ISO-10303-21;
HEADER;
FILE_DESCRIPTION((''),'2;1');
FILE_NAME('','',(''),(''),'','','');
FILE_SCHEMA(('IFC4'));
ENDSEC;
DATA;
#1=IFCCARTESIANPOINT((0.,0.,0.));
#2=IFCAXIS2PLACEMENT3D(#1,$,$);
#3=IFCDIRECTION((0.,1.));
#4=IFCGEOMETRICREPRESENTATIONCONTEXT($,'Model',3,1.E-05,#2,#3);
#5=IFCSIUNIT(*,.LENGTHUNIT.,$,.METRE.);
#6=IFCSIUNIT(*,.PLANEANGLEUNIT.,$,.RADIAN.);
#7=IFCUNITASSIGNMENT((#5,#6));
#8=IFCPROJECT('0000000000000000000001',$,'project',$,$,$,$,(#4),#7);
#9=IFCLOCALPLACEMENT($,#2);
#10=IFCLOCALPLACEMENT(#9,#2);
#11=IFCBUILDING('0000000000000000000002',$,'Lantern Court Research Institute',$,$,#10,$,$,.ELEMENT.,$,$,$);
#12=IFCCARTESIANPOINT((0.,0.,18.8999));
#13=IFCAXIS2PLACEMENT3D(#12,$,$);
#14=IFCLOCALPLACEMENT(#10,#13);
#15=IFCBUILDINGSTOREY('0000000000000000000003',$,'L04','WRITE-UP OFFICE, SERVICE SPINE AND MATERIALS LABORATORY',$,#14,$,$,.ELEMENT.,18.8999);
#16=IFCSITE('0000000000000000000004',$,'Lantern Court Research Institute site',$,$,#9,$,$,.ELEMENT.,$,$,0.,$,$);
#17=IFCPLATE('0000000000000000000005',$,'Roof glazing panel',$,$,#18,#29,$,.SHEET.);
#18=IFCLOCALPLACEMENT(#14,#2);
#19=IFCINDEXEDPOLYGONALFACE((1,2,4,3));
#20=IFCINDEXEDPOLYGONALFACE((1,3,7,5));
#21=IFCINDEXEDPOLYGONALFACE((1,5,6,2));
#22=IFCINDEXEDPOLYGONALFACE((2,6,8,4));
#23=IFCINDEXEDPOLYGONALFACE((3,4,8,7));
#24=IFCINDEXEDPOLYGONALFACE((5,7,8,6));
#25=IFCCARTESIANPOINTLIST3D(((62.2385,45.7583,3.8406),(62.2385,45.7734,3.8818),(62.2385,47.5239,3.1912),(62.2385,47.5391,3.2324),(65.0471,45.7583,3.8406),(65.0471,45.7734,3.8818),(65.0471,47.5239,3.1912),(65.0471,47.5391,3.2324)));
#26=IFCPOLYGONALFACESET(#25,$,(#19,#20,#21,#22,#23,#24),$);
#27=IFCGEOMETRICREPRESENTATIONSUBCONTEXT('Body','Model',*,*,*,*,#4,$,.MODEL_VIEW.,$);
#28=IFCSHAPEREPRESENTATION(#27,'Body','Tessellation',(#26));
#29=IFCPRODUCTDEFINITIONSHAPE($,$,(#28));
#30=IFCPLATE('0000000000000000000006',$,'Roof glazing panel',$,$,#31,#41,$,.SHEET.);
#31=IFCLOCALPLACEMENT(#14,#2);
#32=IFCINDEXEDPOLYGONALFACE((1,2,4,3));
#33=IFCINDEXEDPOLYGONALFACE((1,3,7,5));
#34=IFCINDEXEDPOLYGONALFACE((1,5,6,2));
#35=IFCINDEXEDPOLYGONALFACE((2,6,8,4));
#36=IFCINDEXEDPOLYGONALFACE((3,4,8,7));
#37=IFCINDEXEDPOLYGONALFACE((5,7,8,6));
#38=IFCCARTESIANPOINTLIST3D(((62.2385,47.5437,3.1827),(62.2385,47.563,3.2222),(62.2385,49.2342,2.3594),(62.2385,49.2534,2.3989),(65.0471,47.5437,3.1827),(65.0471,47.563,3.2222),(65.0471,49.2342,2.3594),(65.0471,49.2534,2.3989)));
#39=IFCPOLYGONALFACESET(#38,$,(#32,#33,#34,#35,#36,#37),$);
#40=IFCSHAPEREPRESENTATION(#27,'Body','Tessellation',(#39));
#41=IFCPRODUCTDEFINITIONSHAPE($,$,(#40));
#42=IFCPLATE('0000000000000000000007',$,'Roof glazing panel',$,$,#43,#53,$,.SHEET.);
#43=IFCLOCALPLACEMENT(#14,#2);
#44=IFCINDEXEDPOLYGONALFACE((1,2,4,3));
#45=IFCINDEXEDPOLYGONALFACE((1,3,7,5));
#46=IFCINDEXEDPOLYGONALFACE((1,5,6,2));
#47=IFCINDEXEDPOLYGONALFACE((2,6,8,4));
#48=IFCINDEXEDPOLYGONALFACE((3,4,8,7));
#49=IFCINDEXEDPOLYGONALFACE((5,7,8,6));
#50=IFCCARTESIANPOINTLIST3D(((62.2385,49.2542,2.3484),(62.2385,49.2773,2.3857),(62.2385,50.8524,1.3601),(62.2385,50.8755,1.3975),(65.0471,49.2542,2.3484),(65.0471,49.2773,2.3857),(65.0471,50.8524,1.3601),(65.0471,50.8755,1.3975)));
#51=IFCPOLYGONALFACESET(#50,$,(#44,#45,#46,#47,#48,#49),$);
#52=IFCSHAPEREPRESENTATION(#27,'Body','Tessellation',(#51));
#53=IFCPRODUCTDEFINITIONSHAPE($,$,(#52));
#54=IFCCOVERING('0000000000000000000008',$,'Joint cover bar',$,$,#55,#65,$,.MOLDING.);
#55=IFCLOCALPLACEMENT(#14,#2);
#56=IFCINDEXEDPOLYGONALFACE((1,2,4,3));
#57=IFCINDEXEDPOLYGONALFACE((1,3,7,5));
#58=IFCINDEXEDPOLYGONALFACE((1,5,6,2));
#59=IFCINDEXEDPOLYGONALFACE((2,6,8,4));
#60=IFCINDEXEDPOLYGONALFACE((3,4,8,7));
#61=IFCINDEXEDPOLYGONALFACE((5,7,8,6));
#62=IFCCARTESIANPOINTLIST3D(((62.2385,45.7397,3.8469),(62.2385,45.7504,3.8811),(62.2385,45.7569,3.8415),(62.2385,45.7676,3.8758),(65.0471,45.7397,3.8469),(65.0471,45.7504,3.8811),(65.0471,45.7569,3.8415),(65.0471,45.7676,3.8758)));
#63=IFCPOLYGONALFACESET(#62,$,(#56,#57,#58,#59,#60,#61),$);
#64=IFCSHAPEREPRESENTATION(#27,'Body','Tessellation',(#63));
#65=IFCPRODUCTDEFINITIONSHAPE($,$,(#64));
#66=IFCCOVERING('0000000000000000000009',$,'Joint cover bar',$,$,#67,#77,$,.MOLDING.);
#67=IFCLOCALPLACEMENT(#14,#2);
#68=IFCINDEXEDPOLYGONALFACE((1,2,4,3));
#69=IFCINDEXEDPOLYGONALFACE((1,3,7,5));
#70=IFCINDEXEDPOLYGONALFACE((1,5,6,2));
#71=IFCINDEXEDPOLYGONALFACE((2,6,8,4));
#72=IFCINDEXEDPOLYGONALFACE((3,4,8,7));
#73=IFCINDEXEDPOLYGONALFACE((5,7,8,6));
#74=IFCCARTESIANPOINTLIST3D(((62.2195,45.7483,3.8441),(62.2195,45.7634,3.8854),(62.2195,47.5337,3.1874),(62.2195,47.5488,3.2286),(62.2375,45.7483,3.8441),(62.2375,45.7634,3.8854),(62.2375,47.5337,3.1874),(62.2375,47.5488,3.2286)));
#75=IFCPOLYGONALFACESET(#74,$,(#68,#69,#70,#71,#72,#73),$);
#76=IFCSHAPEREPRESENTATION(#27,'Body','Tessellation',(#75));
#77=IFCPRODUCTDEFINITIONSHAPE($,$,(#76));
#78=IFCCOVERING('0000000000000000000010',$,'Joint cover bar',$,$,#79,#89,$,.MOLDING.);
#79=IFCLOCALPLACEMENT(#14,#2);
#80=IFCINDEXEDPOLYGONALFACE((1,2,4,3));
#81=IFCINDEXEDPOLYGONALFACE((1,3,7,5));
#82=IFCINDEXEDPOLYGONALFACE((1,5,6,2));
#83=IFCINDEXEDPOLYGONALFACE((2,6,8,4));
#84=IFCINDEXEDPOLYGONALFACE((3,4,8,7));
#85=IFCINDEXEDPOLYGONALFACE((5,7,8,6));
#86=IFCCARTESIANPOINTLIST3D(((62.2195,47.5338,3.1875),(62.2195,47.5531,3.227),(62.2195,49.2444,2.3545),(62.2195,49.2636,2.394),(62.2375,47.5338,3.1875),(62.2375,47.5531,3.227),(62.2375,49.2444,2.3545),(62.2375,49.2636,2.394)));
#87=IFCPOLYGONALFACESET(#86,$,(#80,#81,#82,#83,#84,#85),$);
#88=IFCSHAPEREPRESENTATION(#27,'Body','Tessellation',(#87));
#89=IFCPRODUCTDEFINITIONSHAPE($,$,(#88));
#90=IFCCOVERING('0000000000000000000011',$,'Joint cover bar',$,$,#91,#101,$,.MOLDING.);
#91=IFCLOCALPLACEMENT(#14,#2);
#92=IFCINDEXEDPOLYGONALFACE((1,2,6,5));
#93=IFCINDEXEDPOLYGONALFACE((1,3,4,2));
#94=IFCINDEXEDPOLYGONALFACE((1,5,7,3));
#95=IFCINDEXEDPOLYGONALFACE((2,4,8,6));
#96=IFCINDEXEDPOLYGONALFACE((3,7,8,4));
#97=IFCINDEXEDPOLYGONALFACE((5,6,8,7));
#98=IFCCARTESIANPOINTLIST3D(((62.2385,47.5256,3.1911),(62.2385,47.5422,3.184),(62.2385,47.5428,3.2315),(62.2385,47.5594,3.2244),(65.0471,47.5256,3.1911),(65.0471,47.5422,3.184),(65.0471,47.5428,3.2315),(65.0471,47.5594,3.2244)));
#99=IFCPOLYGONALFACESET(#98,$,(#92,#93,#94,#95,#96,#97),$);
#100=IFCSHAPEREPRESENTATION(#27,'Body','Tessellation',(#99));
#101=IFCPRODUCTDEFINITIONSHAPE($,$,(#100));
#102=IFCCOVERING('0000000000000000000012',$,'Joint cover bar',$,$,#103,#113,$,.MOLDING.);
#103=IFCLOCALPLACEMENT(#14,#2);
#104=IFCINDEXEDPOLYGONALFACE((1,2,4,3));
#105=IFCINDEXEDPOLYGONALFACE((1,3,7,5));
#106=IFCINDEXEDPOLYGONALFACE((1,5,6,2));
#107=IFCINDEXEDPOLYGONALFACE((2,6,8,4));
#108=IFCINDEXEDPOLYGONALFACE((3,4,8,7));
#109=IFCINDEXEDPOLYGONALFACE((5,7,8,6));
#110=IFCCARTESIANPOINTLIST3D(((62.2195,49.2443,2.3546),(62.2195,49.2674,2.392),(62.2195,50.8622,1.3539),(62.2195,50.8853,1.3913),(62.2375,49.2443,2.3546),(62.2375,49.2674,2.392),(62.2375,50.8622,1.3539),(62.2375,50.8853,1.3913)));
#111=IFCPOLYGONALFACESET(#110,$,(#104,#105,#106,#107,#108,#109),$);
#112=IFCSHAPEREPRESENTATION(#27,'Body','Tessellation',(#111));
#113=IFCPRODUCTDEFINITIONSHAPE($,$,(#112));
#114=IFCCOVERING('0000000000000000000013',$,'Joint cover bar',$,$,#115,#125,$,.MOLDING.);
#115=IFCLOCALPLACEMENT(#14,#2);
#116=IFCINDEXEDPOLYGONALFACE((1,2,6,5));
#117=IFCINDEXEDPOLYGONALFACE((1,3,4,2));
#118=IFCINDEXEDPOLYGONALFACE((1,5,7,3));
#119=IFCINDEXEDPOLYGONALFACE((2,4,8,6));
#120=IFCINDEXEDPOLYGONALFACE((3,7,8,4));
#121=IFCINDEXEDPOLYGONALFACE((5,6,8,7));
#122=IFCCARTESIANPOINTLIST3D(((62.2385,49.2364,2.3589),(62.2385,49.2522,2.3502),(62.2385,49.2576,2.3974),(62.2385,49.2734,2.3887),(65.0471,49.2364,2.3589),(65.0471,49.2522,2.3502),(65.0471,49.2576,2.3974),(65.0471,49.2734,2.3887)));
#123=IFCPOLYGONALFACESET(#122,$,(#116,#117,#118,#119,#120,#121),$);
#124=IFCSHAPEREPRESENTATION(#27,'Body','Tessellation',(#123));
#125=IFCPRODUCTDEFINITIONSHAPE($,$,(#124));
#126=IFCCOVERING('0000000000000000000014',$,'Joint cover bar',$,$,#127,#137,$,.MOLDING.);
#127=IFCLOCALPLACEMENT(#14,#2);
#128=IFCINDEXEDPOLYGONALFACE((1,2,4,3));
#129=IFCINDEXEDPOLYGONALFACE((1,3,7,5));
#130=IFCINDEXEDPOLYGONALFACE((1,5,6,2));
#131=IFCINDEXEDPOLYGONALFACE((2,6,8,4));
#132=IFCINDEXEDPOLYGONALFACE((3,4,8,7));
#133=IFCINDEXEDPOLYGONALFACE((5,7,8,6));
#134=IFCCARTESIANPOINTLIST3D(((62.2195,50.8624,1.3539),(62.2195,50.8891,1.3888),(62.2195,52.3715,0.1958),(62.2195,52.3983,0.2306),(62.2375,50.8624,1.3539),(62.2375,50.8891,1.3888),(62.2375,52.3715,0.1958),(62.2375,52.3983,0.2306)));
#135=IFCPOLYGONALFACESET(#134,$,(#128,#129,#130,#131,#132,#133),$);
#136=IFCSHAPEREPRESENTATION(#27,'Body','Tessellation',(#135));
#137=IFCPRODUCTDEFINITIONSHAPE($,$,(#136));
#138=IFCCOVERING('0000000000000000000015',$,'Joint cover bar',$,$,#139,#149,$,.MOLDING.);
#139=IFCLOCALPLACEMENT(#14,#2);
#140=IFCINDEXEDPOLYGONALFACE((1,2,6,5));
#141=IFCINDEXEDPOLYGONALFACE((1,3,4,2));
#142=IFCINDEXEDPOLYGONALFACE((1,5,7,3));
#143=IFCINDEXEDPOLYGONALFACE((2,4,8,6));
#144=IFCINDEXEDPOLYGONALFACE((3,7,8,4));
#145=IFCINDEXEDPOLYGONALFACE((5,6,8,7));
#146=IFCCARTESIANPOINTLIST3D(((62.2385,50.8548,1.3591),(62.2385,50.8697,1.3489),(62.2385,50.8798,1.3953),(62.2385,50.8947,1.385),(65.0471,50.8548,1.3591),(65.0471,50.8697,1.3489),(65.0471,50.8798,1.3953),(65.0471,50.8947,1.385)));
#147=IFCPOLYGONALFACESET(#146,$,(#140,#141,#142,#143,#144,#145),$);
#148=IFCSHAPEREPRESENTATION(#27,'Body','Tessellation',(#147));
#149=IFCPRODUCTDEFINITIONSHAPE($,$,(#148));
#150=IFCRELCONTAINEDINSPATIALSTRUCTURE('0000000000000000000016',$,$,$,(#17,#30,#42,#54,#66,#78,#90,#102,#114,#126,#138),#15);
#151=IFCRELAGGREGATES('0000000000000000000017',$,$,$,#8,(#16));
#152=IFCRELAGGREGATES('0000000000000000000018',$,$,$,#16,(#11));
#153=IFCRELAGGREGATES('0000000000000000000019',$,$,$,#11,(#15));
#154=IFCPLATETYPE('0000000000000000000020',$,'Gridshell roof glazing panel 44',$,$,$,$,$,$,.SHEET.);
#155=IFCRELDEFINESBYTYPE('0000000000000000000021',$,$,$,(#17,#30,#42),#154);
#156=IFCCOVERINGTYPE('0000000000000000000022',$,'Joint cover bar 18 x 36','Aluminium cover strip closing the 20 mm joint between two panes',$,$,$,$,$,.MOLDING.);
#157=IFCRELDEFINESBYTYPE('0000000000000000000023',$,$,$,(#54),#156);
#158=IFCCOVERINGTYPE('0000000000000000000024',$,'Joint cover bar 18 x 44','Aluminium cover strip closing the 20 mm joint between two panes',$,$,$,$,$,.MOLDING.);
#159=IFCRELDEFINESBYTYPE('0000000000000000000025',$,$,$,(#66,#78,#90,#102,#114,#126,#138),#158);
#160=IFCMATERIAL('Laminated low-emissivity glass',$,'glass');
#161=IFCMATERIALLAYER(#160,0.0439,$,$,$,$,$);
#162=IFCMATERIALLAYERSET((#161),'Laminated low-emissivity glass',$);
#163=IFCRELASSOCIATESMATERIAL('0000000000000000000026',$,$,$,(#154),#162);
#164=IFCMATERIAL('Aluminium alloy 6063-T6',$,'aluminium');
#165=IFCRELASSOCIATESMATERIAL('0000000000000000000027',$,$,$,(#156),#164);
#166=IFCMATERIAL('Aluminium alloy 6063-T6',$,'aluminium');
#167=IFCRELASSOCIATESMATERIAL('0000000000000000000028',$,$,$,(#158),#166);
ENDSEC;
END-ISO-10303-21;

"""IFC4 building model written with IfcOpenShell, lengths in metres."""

from ifc_helpers import new_model, si_unit, direction, frame, origin, origin_2d, place, context, subcontext, project, spatial, polyline, rectangle, outline, extrude, material, layer, layer_set, material_profile, profile_set, type_object, element, save


model = new_model("IFC4")

# Units and contexts
model_context = context("Model", 3, precision=1e-05, world=origin(), true_north=direction((0.0, 1.0)))
body_context = subcontext(model_context, "Body", "Model", "MODEL_VIEW")
ifc_project = project(units=[si_unit("LENGTHUNIT", "METRE"), si_unit("PLANEANGLEUNIT", "RADIAN")], contexts=[model_context])

# Site, building, storey
site_placement = place(None, origin())
site = spatial("IfcSite", under=ifc_project, at=site_placement, Name="Lantern Court Research Institute site", CompositionType="ELEMENT", RefElevation=0.0)
building_placement = place(site_placement, origin())
building = spatial("IfcBuilding", under=site, at=building_placement, Name="Lantern Court Research Institute", CompositionType="ELEMENT")
storey_placement = place(building_placement, frame((0.0, 0.0, 18.8999)))
storey = spatial("IfcBuildingStorey", under=building, at=storey_placement, Name="L04", Description="WRITE-UP OFFICE, SERVICE SPINE AND MATERIALS LABORATORY", CompositionType="ELEMENT", Elevation=18.8999)

# Plates
ifc_material_1 = material(Name="Laminated low-emissivity glass", Category="glass")
ifc_layer = layer(ifc_material_1, 0.0439)
ifc_layer_set = layer_set([ifc_layer], Name="Laminated low-emissivity glass")
plate_type = type_object("IfcPlateType", Name="Gridshell roof glazing panel 44", PredefinedType="SHEET", material=ifc_layer_set)
plate_1_placement = place(storey_placement, frame((65.0471, 45.7734, 3.8818), z_axis=(0.0, 0.3452, 0.938529), x_axis=(-1.0, 0.0, 0.0)))
element("IfcPlate", 1, at=plate_1_placement, inside=storey, type_object=plate_type, Name="Roof glazing panel", PredefinedType="SHEET", context=body_context, shape_type="SweptSolid", body=[
    extrude(outline(polyline([(0.0, 0.0), (2.8086, 0.0), (2.8086, -1.8813), (0.0, -1.8813), (0.0, 0.0)])), origin(), (0.0, 0.0, -1.0), 0.0439),
])
plate_2_placement = place(storey_placement, frame((65.0471, 47.563, 3.2222), z_axis=(0.0, 0.43784, 0.899053), x_axis=(-1.0, 0.0, 0.0)))
element("IfcPlate", 2, at=plate_2_placement, inside=storey, type_object=plate_type, Name="Roof glazing panel", PredefinedType="SHEET", context=body_context, shape_type="SweptSolid", body=[
    extrude(outline(polyline([(0.0, 0.0), (2.8086, 0.0), (2.8086, -1.8802), (0.0, -1.8802), (0.0, 0.0)])), origin(), (0.0, 0.0, -1.0), 0.0439),
])
plate_3_placement = place(storey_placement, frame((65.0471, 49.2773, 2.3857), z_axis=(0.0, 0.525952, 0.850514), x_axis=(-1.0, 0.0, 0.0)))
element("IfcPlate", 3, at=plate_3_placement, inside=storey, type_object=plate_type, Name="Roof glazing panel", PredefinedType="SHEET", context=body_context, shape_type="SweptSolid", body=[
    extrude(outline(polyline([(0.0, 0.0), (2.8086, 0.0), (2.8086, -1.879), (0.0, -1.879), (0.0, 0.0)])), origin(), (0.0, 0.0, -1.0), 0.0439),
])

# Coverings
ifc_material_2 = material(Name="Aluminium alloy 6063-T6", Category="aluminium")
ifc_material_profile_1 = material_profile(ifc_material_2, rectangle(XDim=0.0181, YDim=0.0359, at=origin_2d()), Name="Joint cover bar 18 x 36")
ifc_profile_set_1 = profile_set([ifc_material_profile_1], Name="Aluminium alloy 6063-T6")
covering_type_1 = type_object("IfcCoveringType", Name="Joint cover bar 18 x 36", Description="Aluminium cover strip closing the 20 mm joint between two panes", PredefinedType="MOLDING", material=ifc_profile_set_1)
covering_1_placement = place(storey_placement, frame((62.2385, 45.7537, 3.8613), z_axis=(1.0, 0.0, 0.0), x_axis=(0.0, 0.954713, -0.297528)))
element("IfcCovering", 4, at=covering_1_placement, inside=storey, type_object=covering_type_1, Name="Joint cover bar", PredefinedType="MOLDING", context=body_context, shape_type="SweptSolid", body=[
    extrude(rectangle(XDim=0.0181, YDim=0.0359, at=origin_2d()), origin(), (0.0, 0.0, 1.0), 2.8086),
])
ifc_material_3 = material(Name="Aluminium alloy 6063-T6", Category="aluminium")
ifc_material_profile_2 = material_profile(ifc_material_3, rectangle(XDim=0.0181, YDim=0.0439, at=origin_2d()), Name="Joint cover bar 18 x 44")
ifc_profile_set_2 = profile_set([ifc_material_profile_2], Name="Aluminium alloy 6063-T6")
covering_type_2 = type_object("IfcCoveringType", Name="Joint cover bar 18 x 44", Description="Aluminium cover strip closing the 20 mm joint between two panes", PredefinedType="MOLDING", material=ifc_profile_set_2)
covering_2_placement = place(storey_placement, frame((62.2285, 45.7559, 3.8647), z_axis=(0.0, 0.93852, -0.345224), x_axis=(-1.0, 0.0, 0.0)))
element("IfcCovering", 5, at=covering_2_placement, inside=storey, type_object=covering_type_2, Name="Joint cover bar", PredefinedType="MOLDING", context=body_context, shape_type="SweptSolid", body=[
    extrude(rectangle(XDim=0.0181, YDim=0.0439, at=origin_2d()), origin(), (0.0, 0.0, 1.0), 1.9023),
])
covering_3_placement = place(storey_placement, frame((62.2285, 47.5435, 3.2073), z_axis=(0.0, 0.899049, -0.437847), x_axis=(-1.0, 0.0, 0.0)))
element("IfcCovering", 6, at=covering_3_placement, inside=storey, type_object=covering_type_2, Name="Joint cover bar", PredefinedType="MOLDING", context=body_context, shape_type="SweptSolid", body=[
    extrude(rectangle(XDim=0.0181, YDim=0.0439, at=origin_2d()), origin(), (0.0, 0.0, 1.0), 1.9026),
])
covering_4_placement = place(storey_placement, frame((62.2385, 47.5425, 3.2078), z_axis=(1.0, 0.0, 0.0), x_axis=(0.0, 0.919966, -0.391999)))
element("IfcCovering", 7, at=covering_4_placement, inside=storey, type_object=covering_type_2, Name="Joint cover bar", PredefinedType="MOLDING", context=body_context, shape_type="SweptSolid", body=[
    extrude(rectangle(XDim=0.0181, YDim=0.0439, at=origin_2d()), origin(), (0.0, 0.0, 1.0), 2.8086),
])
covering_5_placement = place(storey_placement, frame((62.2285, 49.2559, 2.3733), z_axis=(0.0, 0.850462, -0.526036), x_axis=(-1.0, 0.0, 0.0)))
element("IfcCovering", 8, at=covering_5_placement, inside=storey, type_object=covering_type_2, Name="Joint cover bar", PredefinedType="MOLDING", context=body_context, shape_type="SweptSolid", body=[
    extrude(rectangle(XDim=0.0181, YDim=0.0439, at=origin_2d()), origin(), (0.0, 0.0, 1.0), 1.9023),
])
covering_6_placement = place(storey_placement, frame((62.2385, 49.2549, 2.3738), z_axis=(1.0, 0.0, 0.0), x_axis=(0.0, 0.875897, -0.482497)))
element("IfcCovering", 9, at=covering_6_placement, inside=storey, type_object=covering_type_2, Name="Joint cover bar", PredefinedType="MOLDING", context=body_context, shape_type="SweptSolid", body=[
    extrude(rectangle(XDim=0.0181, YDim=0.0439, at=origin_2d()), origin(), (0.0, 0.0, 1.0), 2.8086),
])
covering_7_placement = place(storey_placement, frame((62.2285, 50.8757, 1.3713), z_axis=(0.0, 0.79333, -0.608792), x_axis=(-1.0, 0.0, 0.0)))
element("IfcCovering", 10, at=covering_7_placement, inside=storey, type_object=covering_type_2, Name="Joint cover bar", PredefinedType="MOLDING", context=body_context, shape_type="SweptSolid", body=[
    extrude(rectangle(XDim=0.0181, YDim=0.0439, at=origin_2d()), origin(), (0.0, 0.0, 1.0), 1.9023),
])
covering_8_placement = place(storey_placement, frame((62.2385, 50.8748, 1.3721), z_axis=(1.0, 0.0, 0.0), x_axis=(0.0, 0.822954, -0.568108)))
element("IfcCovering", 11, at=covering_8_placement, inside=storey, type_object=covering_type_2, Name="Joint cover bar", PredefinedType="MOLDING", context=body_context, shape_type="SweptSolid", body=[
    extrude(rectangle(XDim=0.0181, YDim=0.0439, at=origin_2d()), origin(), (0.0, 0.0, 1.0), 2.8086),
])

save(model, "model.ifc")
